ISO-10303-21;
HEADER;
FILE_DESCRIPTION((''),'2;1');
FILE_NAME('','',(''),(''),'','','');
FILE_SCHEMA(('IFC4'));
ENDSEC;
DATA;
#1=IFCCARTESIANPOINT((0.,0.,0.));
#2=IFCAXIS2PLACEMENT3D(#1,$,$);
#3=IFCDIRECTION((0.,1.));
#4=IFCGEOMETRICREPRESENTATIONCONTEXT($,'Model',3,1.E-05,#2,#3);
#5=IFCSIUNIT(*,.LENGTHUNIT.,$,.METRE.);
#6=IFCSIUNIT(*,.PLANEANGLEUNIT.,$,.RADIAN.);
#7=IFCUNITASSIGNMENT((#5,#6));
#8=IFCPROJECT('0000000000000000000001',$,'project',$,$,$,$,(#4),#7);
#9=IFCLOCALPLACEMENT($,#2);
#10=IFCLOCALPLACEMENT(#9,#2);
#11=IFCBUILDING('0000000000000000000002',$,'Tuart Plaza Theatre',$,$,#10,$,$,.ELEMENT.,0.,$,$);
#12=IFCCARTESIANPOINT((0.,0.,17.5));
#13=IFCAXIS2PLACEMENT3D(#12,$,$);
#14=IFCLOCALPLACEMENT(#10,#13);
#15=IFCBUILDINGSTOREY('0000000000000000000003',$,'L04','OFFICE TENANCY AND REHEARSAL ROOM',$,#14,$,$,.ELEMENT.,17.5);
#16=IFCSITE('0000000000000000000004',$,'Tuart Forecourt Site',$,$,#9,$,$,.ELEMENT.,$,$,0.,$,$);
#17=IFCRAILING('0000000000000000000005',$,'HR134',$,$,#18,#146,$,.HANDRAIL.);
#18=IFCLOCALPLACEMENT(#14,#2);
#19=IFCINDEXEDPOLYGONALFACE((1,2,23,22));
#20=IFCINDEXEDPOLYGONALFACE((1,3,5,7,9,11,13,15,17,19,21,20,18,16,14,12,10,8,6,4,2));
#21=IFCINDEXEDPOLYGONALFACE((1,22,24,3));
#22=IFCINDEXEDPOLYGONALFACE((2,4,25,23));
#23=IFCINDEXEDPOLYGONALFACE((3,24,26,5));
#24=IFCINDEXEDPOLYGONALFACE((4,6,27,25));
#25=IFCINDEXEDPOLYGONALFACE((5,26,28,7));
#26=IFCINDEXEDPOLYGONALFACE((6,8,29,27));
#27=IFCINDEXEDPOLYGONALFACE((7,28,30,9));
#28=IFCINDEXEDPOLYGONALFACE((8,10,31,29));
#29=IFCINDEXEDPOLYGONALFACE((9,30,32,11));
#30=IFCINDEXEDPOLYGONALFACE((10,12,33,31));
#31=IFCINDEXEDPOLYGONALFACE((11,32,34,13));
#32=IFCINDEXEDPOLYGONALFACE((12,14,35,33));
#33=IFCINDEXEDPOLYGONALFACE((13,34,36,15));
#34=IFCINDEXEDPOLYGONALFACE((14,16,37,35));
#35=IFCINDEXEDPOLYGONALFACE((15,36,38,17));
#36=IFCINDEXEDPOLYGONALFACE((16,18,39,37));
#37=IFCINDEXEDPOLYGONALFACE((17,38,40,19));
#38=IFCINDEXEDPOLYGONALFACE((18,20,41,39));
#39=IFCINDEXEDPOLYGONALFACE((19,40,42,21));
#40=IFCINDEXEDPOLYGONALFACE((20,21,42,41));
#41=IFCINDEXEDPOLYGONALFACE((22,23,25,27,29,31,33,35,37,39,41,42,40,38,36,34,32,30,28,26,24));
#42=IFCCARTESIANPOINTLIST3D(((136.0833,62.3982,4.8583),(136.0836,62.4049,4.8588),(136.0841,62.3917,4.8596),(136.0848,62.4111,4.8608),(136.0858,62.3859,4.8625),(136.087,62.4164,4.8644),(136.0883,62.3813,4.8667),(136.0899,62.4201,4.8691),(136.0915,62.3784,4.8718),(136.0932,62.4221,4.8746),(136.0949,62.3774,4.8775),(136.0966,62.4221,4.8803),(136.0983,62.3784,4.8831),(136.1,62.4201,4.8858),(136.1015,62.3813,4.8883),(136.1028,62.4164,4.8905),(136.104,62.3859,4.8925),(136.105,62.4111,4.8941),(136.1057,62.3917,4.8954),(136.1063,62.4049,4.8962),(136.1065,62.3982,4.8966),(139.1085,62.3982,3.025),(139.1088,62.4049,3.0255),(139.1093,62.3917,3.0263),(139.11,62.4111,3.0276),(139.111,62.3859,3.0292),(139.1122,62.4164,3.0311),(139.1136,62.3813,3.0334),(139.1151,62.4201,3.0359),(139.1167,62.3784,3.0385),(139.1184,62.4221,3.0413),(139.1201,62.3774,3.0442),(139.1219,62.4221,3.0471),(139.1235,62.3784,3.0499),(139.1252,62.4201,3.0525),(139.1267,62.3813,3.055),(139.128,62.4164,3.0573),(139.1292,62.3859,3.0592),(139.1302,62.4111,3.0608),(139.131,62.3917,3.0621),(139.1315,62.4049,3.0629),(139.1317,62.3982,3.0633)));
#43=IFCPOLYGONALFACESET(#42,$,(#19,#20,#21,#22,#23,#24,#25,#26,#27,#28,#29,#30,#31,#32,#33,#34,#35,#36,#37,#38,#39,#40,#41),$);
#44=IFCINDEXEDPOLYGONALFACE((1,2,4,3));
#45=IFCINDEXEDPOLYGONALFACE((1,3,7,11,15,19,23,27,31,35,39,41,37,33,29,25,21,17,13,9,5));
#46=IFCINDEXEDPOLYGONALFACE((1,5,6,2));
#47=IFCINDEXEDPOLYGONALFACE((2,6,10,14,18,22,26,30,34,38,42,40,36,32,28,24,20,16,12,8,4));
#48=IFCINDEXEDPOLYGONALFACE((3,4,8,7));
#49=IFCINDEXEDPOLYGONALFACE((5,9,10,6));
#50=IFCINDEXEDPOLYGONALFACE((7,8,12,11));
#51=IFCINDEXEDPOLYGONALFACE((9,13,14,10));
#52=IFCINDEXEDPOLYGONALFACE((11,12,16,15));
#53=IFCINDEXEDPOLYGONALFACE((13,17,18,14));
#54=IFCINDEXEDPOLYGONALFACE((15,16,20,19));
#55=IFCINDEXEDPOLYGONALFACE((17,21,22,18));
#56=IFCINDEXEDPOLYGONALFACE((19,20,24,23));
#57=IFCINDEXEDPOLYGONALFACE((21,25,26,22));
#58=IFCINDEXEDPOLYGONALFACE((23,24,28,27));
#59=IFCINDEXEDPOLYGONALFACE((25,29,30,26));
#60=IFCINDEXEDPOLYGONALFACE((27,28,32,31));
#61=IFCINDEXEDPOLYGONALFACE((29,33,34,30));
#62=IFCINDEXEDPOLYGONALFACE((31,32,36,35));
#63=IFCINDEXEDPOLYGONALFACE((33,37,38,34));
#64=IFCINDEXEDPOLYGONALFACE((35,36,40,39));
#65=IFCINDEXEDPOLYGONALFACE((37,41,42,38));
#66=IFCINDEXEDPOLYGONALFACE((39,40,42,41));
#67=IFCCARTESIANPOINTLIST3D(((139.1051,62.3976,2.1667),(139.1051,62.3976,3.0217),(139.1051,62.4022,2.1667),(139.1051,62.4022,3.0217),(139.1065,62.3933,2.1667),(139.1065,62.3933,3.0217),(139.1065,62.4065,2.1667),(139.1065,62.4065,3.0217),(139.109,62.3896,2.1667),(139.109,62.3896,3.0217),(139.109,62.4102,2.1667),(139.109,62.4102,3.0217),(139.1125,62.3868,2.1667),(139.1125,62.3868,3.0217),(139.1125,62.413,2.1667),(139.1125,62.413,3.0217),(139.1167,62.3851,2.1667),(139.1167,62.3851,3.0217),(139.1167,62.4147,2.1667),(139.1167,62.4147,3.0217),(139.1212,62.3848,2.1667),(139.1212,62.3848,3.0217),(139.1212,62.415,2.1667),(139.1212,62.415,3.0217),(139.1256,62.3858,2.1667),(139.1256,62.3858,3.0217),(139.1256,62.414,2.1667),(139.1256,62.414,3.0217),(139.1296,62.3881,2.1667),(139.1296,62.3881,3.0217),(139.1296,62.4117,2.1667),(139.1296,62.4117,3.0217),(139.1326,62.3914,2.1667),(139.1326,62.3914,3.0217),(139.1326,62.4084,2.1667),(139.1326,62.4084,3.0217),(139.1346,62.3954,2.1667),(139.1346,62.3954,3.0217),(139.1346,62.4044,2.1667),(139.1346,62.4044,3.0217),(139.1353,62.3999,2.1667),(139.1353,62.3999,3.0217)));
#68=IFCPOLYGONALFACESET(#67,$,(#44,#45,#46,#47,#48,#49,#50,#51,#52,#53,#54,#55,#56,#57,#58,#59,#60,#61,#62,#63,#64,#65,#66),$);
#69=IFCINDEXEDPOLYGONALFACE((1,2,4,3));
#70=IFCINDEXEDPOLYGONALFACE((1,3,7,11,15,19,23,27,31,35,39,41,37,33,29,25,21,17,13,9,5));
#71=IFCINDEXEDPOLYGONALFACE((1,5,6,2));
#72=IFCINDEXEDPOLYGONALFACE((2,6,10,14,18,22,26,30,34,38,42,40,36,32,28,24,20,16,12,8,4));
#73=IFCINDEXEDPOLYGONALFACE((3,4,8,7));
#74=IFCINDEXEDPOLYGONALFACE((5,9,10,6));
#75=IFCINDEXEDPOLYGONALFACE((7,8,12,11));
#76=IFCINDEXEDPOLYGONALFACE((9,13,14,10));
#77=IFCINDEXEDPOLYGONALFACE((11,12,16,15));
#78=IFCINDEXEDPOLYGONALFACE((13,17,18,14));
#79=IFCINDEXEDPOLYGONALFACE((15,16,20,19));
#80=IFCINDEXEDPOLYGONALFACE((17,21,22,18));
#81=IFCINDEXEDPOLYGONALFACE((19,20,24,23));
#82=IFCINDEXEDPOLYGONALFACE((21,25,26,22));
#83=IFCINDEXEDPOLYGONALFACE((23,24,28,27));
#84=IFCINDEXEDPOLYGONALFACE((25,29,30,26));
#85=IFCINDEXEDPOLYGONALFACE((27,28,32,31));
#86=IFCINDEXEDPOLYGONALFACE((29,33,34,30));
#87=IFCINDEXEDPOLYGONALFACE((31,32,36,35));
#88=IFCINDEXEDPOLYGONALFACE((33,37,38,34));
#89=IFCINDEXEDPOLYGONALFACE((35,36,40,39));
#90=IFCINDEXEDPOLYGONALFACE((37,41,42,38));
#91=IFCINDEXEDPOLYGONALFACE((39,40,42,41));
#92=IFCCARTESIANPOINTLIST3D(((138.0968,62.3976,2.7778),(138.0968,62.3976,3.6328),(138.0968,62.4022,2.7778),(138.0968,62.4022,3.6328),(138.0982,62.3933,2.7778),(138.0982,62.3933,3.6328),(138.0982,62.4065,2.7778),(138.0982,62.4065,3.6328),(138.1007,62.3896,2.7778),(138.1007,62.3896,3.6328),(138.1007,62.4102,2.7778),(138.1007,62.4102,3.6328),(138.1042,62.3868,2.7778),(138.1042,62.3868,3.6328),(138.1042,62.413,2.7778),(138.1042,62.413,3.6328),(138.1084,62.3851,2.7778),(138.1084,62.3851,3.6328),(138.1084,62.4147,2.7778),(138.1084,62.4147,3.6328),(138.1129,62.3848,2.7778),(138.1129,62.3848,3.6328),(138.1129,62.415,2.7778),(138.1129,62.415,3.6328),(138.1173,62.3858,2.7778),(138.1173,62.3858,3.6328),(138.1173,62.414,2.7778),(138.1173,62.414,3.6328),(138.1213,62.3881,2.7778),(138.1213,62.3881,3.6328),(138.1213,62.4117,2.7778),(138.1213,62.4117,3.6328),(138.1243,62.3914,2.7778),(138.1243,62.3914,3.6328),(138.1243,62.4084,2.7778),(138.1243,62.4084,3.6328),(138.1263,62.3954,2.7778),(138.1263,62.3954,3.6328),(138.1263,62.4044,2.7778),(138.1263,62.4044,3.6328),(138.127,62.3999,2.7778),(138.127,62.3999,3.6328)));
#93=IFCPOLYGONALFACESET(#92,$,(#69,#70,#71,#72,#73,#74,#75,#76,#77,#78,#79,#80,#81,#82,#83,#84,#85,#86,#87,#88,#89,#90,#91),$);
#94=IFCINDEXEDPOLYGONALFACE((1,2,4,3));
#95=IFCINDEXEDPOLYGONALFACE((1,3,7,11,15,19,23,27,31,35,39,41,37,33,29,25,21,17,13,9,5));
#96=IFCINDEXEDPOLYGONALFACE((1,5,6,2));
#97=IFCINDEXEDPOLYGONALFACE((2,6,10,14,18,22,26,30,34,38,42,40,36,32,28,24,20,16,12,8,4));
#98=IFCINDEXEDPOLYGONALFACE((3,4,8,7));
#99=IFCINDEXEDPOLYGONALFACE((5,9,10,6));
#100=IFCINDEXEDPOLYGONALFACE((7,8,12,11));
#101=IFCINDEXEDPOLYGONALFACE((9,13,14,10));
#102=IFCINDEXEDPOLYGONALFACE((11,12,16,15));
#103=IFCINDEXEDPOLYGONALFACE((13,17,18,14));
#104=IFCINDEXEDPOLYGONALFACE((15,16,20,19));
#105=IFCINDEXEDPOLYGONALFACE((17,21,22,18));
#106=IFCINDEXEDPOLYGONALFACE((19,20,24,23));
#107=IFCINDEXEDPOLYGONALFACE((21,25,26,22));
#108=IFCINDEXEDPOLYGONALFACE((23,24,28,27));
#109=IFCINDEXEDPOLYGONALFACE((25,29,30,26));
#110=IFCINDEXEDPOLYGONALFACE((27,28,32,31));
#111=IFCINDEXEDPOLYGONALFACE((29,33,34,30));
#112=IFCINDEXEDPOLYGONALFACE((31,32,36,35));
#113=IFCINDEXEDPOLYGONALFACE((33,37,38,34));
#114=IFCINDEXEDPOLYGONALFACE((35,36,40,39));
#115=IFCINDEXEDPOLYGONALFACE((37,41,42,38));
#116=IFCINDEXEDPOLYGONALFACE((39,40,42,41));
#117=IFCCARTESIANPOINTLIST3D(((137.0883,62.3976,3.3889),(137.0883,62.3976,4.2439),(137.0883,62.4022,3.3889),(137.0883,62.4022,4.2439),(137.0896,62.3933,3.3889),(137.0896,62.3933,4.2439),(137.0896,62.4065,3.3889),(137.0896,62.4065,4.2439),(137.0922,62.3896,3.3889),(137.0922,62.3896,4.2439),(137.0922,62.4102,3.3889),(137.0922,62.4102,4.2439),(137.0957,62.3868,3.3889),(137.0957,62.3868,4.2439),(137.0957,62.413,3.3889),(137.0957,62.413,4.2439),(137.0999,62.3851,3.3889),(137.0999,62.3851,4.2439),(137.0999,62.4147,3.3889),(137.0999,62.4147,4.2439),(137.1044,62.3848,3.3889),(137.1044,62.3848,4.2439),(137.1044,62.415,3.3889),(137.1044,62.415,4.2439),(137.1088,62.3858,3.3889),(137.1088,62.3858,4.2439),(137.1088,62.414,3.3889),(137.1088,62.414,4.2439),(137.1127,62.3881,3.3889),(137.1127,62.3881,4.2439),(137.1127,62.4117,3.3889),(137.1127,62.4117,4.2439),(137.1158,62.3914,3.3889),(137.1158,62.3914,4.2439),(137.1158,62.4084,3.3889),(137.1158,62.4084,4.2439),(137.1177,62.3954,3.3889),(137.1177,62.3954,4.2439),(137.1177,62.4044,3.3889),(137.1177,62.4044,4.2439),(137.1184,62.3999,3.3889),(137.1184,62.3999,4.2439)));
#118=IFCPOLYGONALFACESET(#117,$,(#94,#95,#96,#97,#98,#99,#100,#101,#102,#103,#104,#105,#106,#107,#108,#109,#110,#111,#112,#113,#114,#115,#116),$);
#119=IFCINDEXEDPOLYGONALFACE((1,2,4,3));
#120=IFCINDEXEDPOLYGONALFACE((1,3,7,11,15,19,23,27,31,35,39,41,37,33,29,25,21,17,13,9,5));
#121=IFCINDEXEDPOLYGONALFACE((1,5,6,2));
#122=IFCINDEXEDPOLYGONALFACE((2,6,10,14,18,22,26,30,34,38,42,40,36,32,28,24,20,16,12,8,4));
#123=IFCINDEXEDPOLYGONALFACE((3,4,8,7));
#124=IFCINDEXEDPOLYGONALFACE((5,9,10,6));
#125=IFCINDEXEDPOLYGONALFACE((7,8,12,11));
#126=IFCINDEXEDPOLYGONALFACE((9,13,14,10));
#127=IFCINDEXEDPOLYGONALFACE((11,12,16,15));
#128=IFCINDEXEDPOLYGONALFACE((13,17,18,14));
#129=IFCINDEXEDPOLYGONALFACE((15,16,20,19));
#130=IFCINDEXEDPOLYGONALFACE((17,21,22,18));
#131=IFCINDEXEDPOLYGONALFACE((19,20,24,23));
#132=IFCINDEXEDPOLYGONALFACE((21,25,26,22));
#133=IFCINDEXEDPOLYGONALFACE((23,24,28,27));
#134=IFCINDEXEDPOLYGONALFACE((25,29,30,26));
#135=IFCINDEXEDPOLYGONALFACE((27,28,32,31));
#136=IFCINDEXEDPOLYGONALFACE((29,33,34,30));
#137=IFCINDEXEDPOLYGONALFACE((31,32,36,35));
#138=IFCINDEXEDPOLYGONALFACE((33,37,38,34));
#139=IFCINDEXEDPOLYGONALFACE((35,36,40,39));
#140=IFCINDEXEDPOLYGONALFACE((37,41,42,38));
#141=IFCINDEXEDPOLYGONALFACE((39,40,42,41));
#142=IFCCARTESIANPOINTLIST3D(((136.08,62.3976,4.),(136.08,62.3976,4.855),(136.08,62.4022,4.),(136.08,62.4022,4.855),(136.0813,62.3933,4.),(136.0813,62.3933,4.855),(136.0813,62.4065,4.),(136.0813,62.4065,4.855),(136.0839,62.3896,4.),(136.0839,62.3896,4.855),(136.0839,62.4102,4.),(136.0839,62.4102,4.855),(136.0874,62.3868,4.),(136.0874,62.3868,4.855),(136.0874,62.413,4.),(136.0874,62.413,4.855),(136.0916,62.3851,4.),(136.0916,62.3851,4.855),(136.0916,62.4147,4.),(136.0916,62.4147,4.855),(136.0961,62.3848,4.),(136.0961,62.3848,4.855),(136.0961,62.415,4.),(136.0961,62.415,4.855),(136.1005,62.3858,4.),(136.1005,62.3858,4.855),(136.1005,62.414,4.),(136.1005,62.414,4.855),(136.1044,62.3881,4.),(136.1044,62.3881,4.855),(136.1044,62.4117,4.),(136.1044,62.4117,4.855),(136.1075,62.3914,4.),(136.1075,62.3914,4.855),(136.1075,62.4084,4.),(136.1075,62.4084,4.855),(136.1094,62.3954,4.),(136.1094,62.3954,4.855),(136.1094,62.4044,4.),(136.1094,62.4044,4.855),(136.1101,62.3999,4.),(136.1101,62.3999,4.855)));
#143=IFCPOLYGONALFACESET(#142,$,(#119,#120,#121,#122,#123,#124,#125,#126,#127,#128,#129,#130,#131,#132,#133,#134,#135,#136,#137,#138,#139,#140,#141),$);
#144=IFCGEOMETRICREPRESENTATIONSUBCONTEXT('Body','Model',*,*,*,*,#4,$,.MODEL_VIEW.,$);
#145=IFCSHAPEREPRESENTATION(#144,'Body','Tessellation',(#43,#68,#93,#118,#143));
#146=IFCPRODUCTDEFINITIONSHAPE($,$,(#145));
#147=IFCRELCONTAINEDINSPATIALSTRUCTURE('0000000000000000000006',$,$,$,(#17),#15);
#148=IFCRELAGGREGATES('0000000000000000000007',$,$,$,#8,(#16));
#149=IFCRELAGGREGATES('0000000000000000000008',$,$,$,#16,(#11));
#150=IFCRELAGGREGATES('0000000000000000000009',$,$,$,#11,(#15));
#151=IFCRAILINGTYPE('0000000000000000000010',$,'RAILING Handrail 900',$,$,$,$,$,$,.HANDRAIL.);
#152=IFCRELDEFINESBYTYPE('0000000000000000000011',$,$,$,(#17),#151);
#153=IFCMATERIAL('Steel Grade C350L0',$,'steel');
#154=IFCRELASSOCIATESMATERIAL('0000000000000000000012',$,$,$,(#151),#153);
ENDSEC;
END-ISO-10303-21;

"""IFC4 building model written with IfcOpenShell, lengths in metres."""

from ifc_helpers import new_model, si_unit, direction, frame, origin, origin_2d, place, context, subcontext, project, spatial, circle, extrude, material, type_object, element, save


model = new_model("IFC4")

# Units and contexts
model_context = context("Model", 3, precision=1e-05, world=origin(), true_north=direction((0.0, 1.0)))
body_context = subcontext(model_context, "Body", "Model", "MODEL_VIEW")
ifc_project = project(units=[si_unit("LENGTHUNIT", "METRE"), si_unit("PLANEANGLEUNIT", "RADIAN")], contexts=[model_context])

# Site, building, storey
site_placement = place(None, origin())
site = spatial("IfcSite", under=ifc_project, at=site_placement, Name="Tuart Forecourt Site", CompositionType="ELEMENT", RefElevation=0.0)
building_placement = place(site_placement, origin())
building = spatial("IfcBuilding", under=site, at=building_placement, Name="Tuart Plaza Theatre", CompositionType="ELEMENT", ElevationOfRefHeight=0.0)
storey_placement = place(building_placement, frame((0.0, 0.0, 17.5)))
storey = spatial("IfcBuildingStorey", under=building, at=storey_placement, Name="L04", Description="OFFICE TENANCY AND REHEARSAL ROOM", CompositionType="ELEMENT", Elevation=17.5)

# Railing
ifc_material_1 = material(Name="Steel Grade C350L0", Category="steel")
railing_type_1 = type_object("IfcRailingType", Name="RAILING Handrail 900", PredefinedType="HANDRAIL", material=ifc_material_1)
railing_1_placement = place(storey_placement, frame((139.1201, 62.3999, 2.1667)))
element("IfcRailing", 1, at=railing_1_placement, inside=storey, type_object=railing_type_1, Name="HR134", PredefinedType="HANDRAIL", context=body_context, shape_type="SweptSolid", body=[
    extrude(circle(Radius=0.0225, at=origin_2d()), frame((0.0, 0.0, 0.8774), z_axis=(-0.855219, 0.0, 0.518267), x_axis=(0.0, -1.0, 0.0)), (0.0, 0.0, 1.0), 3.5374),
    extrude(circle(Radius=0.0151, at=origin_2d()), origin(), (0.0, 0.0, 1.0), 0.855),
    extrude(circle(Radius=0.0151, at=origin_2d()), frame((-1.0083, 0.0, 0.6111)), (0.0, 0.0, 1.0), 0.855),
    extrude(circle(Radius=0.0151, at=origin_2d()), frame((-2.0168, 0.0, 1.2222)), (0.0, 0.0, 1.0), 0.855),
    extrude(circle(Radius=0.0151, at=origin_2d()), frame((-3.0251, 0.0, 1.8333)), (0.0, 0.0, 1.0), 0.855),
])

save(model, "model.ifc")
